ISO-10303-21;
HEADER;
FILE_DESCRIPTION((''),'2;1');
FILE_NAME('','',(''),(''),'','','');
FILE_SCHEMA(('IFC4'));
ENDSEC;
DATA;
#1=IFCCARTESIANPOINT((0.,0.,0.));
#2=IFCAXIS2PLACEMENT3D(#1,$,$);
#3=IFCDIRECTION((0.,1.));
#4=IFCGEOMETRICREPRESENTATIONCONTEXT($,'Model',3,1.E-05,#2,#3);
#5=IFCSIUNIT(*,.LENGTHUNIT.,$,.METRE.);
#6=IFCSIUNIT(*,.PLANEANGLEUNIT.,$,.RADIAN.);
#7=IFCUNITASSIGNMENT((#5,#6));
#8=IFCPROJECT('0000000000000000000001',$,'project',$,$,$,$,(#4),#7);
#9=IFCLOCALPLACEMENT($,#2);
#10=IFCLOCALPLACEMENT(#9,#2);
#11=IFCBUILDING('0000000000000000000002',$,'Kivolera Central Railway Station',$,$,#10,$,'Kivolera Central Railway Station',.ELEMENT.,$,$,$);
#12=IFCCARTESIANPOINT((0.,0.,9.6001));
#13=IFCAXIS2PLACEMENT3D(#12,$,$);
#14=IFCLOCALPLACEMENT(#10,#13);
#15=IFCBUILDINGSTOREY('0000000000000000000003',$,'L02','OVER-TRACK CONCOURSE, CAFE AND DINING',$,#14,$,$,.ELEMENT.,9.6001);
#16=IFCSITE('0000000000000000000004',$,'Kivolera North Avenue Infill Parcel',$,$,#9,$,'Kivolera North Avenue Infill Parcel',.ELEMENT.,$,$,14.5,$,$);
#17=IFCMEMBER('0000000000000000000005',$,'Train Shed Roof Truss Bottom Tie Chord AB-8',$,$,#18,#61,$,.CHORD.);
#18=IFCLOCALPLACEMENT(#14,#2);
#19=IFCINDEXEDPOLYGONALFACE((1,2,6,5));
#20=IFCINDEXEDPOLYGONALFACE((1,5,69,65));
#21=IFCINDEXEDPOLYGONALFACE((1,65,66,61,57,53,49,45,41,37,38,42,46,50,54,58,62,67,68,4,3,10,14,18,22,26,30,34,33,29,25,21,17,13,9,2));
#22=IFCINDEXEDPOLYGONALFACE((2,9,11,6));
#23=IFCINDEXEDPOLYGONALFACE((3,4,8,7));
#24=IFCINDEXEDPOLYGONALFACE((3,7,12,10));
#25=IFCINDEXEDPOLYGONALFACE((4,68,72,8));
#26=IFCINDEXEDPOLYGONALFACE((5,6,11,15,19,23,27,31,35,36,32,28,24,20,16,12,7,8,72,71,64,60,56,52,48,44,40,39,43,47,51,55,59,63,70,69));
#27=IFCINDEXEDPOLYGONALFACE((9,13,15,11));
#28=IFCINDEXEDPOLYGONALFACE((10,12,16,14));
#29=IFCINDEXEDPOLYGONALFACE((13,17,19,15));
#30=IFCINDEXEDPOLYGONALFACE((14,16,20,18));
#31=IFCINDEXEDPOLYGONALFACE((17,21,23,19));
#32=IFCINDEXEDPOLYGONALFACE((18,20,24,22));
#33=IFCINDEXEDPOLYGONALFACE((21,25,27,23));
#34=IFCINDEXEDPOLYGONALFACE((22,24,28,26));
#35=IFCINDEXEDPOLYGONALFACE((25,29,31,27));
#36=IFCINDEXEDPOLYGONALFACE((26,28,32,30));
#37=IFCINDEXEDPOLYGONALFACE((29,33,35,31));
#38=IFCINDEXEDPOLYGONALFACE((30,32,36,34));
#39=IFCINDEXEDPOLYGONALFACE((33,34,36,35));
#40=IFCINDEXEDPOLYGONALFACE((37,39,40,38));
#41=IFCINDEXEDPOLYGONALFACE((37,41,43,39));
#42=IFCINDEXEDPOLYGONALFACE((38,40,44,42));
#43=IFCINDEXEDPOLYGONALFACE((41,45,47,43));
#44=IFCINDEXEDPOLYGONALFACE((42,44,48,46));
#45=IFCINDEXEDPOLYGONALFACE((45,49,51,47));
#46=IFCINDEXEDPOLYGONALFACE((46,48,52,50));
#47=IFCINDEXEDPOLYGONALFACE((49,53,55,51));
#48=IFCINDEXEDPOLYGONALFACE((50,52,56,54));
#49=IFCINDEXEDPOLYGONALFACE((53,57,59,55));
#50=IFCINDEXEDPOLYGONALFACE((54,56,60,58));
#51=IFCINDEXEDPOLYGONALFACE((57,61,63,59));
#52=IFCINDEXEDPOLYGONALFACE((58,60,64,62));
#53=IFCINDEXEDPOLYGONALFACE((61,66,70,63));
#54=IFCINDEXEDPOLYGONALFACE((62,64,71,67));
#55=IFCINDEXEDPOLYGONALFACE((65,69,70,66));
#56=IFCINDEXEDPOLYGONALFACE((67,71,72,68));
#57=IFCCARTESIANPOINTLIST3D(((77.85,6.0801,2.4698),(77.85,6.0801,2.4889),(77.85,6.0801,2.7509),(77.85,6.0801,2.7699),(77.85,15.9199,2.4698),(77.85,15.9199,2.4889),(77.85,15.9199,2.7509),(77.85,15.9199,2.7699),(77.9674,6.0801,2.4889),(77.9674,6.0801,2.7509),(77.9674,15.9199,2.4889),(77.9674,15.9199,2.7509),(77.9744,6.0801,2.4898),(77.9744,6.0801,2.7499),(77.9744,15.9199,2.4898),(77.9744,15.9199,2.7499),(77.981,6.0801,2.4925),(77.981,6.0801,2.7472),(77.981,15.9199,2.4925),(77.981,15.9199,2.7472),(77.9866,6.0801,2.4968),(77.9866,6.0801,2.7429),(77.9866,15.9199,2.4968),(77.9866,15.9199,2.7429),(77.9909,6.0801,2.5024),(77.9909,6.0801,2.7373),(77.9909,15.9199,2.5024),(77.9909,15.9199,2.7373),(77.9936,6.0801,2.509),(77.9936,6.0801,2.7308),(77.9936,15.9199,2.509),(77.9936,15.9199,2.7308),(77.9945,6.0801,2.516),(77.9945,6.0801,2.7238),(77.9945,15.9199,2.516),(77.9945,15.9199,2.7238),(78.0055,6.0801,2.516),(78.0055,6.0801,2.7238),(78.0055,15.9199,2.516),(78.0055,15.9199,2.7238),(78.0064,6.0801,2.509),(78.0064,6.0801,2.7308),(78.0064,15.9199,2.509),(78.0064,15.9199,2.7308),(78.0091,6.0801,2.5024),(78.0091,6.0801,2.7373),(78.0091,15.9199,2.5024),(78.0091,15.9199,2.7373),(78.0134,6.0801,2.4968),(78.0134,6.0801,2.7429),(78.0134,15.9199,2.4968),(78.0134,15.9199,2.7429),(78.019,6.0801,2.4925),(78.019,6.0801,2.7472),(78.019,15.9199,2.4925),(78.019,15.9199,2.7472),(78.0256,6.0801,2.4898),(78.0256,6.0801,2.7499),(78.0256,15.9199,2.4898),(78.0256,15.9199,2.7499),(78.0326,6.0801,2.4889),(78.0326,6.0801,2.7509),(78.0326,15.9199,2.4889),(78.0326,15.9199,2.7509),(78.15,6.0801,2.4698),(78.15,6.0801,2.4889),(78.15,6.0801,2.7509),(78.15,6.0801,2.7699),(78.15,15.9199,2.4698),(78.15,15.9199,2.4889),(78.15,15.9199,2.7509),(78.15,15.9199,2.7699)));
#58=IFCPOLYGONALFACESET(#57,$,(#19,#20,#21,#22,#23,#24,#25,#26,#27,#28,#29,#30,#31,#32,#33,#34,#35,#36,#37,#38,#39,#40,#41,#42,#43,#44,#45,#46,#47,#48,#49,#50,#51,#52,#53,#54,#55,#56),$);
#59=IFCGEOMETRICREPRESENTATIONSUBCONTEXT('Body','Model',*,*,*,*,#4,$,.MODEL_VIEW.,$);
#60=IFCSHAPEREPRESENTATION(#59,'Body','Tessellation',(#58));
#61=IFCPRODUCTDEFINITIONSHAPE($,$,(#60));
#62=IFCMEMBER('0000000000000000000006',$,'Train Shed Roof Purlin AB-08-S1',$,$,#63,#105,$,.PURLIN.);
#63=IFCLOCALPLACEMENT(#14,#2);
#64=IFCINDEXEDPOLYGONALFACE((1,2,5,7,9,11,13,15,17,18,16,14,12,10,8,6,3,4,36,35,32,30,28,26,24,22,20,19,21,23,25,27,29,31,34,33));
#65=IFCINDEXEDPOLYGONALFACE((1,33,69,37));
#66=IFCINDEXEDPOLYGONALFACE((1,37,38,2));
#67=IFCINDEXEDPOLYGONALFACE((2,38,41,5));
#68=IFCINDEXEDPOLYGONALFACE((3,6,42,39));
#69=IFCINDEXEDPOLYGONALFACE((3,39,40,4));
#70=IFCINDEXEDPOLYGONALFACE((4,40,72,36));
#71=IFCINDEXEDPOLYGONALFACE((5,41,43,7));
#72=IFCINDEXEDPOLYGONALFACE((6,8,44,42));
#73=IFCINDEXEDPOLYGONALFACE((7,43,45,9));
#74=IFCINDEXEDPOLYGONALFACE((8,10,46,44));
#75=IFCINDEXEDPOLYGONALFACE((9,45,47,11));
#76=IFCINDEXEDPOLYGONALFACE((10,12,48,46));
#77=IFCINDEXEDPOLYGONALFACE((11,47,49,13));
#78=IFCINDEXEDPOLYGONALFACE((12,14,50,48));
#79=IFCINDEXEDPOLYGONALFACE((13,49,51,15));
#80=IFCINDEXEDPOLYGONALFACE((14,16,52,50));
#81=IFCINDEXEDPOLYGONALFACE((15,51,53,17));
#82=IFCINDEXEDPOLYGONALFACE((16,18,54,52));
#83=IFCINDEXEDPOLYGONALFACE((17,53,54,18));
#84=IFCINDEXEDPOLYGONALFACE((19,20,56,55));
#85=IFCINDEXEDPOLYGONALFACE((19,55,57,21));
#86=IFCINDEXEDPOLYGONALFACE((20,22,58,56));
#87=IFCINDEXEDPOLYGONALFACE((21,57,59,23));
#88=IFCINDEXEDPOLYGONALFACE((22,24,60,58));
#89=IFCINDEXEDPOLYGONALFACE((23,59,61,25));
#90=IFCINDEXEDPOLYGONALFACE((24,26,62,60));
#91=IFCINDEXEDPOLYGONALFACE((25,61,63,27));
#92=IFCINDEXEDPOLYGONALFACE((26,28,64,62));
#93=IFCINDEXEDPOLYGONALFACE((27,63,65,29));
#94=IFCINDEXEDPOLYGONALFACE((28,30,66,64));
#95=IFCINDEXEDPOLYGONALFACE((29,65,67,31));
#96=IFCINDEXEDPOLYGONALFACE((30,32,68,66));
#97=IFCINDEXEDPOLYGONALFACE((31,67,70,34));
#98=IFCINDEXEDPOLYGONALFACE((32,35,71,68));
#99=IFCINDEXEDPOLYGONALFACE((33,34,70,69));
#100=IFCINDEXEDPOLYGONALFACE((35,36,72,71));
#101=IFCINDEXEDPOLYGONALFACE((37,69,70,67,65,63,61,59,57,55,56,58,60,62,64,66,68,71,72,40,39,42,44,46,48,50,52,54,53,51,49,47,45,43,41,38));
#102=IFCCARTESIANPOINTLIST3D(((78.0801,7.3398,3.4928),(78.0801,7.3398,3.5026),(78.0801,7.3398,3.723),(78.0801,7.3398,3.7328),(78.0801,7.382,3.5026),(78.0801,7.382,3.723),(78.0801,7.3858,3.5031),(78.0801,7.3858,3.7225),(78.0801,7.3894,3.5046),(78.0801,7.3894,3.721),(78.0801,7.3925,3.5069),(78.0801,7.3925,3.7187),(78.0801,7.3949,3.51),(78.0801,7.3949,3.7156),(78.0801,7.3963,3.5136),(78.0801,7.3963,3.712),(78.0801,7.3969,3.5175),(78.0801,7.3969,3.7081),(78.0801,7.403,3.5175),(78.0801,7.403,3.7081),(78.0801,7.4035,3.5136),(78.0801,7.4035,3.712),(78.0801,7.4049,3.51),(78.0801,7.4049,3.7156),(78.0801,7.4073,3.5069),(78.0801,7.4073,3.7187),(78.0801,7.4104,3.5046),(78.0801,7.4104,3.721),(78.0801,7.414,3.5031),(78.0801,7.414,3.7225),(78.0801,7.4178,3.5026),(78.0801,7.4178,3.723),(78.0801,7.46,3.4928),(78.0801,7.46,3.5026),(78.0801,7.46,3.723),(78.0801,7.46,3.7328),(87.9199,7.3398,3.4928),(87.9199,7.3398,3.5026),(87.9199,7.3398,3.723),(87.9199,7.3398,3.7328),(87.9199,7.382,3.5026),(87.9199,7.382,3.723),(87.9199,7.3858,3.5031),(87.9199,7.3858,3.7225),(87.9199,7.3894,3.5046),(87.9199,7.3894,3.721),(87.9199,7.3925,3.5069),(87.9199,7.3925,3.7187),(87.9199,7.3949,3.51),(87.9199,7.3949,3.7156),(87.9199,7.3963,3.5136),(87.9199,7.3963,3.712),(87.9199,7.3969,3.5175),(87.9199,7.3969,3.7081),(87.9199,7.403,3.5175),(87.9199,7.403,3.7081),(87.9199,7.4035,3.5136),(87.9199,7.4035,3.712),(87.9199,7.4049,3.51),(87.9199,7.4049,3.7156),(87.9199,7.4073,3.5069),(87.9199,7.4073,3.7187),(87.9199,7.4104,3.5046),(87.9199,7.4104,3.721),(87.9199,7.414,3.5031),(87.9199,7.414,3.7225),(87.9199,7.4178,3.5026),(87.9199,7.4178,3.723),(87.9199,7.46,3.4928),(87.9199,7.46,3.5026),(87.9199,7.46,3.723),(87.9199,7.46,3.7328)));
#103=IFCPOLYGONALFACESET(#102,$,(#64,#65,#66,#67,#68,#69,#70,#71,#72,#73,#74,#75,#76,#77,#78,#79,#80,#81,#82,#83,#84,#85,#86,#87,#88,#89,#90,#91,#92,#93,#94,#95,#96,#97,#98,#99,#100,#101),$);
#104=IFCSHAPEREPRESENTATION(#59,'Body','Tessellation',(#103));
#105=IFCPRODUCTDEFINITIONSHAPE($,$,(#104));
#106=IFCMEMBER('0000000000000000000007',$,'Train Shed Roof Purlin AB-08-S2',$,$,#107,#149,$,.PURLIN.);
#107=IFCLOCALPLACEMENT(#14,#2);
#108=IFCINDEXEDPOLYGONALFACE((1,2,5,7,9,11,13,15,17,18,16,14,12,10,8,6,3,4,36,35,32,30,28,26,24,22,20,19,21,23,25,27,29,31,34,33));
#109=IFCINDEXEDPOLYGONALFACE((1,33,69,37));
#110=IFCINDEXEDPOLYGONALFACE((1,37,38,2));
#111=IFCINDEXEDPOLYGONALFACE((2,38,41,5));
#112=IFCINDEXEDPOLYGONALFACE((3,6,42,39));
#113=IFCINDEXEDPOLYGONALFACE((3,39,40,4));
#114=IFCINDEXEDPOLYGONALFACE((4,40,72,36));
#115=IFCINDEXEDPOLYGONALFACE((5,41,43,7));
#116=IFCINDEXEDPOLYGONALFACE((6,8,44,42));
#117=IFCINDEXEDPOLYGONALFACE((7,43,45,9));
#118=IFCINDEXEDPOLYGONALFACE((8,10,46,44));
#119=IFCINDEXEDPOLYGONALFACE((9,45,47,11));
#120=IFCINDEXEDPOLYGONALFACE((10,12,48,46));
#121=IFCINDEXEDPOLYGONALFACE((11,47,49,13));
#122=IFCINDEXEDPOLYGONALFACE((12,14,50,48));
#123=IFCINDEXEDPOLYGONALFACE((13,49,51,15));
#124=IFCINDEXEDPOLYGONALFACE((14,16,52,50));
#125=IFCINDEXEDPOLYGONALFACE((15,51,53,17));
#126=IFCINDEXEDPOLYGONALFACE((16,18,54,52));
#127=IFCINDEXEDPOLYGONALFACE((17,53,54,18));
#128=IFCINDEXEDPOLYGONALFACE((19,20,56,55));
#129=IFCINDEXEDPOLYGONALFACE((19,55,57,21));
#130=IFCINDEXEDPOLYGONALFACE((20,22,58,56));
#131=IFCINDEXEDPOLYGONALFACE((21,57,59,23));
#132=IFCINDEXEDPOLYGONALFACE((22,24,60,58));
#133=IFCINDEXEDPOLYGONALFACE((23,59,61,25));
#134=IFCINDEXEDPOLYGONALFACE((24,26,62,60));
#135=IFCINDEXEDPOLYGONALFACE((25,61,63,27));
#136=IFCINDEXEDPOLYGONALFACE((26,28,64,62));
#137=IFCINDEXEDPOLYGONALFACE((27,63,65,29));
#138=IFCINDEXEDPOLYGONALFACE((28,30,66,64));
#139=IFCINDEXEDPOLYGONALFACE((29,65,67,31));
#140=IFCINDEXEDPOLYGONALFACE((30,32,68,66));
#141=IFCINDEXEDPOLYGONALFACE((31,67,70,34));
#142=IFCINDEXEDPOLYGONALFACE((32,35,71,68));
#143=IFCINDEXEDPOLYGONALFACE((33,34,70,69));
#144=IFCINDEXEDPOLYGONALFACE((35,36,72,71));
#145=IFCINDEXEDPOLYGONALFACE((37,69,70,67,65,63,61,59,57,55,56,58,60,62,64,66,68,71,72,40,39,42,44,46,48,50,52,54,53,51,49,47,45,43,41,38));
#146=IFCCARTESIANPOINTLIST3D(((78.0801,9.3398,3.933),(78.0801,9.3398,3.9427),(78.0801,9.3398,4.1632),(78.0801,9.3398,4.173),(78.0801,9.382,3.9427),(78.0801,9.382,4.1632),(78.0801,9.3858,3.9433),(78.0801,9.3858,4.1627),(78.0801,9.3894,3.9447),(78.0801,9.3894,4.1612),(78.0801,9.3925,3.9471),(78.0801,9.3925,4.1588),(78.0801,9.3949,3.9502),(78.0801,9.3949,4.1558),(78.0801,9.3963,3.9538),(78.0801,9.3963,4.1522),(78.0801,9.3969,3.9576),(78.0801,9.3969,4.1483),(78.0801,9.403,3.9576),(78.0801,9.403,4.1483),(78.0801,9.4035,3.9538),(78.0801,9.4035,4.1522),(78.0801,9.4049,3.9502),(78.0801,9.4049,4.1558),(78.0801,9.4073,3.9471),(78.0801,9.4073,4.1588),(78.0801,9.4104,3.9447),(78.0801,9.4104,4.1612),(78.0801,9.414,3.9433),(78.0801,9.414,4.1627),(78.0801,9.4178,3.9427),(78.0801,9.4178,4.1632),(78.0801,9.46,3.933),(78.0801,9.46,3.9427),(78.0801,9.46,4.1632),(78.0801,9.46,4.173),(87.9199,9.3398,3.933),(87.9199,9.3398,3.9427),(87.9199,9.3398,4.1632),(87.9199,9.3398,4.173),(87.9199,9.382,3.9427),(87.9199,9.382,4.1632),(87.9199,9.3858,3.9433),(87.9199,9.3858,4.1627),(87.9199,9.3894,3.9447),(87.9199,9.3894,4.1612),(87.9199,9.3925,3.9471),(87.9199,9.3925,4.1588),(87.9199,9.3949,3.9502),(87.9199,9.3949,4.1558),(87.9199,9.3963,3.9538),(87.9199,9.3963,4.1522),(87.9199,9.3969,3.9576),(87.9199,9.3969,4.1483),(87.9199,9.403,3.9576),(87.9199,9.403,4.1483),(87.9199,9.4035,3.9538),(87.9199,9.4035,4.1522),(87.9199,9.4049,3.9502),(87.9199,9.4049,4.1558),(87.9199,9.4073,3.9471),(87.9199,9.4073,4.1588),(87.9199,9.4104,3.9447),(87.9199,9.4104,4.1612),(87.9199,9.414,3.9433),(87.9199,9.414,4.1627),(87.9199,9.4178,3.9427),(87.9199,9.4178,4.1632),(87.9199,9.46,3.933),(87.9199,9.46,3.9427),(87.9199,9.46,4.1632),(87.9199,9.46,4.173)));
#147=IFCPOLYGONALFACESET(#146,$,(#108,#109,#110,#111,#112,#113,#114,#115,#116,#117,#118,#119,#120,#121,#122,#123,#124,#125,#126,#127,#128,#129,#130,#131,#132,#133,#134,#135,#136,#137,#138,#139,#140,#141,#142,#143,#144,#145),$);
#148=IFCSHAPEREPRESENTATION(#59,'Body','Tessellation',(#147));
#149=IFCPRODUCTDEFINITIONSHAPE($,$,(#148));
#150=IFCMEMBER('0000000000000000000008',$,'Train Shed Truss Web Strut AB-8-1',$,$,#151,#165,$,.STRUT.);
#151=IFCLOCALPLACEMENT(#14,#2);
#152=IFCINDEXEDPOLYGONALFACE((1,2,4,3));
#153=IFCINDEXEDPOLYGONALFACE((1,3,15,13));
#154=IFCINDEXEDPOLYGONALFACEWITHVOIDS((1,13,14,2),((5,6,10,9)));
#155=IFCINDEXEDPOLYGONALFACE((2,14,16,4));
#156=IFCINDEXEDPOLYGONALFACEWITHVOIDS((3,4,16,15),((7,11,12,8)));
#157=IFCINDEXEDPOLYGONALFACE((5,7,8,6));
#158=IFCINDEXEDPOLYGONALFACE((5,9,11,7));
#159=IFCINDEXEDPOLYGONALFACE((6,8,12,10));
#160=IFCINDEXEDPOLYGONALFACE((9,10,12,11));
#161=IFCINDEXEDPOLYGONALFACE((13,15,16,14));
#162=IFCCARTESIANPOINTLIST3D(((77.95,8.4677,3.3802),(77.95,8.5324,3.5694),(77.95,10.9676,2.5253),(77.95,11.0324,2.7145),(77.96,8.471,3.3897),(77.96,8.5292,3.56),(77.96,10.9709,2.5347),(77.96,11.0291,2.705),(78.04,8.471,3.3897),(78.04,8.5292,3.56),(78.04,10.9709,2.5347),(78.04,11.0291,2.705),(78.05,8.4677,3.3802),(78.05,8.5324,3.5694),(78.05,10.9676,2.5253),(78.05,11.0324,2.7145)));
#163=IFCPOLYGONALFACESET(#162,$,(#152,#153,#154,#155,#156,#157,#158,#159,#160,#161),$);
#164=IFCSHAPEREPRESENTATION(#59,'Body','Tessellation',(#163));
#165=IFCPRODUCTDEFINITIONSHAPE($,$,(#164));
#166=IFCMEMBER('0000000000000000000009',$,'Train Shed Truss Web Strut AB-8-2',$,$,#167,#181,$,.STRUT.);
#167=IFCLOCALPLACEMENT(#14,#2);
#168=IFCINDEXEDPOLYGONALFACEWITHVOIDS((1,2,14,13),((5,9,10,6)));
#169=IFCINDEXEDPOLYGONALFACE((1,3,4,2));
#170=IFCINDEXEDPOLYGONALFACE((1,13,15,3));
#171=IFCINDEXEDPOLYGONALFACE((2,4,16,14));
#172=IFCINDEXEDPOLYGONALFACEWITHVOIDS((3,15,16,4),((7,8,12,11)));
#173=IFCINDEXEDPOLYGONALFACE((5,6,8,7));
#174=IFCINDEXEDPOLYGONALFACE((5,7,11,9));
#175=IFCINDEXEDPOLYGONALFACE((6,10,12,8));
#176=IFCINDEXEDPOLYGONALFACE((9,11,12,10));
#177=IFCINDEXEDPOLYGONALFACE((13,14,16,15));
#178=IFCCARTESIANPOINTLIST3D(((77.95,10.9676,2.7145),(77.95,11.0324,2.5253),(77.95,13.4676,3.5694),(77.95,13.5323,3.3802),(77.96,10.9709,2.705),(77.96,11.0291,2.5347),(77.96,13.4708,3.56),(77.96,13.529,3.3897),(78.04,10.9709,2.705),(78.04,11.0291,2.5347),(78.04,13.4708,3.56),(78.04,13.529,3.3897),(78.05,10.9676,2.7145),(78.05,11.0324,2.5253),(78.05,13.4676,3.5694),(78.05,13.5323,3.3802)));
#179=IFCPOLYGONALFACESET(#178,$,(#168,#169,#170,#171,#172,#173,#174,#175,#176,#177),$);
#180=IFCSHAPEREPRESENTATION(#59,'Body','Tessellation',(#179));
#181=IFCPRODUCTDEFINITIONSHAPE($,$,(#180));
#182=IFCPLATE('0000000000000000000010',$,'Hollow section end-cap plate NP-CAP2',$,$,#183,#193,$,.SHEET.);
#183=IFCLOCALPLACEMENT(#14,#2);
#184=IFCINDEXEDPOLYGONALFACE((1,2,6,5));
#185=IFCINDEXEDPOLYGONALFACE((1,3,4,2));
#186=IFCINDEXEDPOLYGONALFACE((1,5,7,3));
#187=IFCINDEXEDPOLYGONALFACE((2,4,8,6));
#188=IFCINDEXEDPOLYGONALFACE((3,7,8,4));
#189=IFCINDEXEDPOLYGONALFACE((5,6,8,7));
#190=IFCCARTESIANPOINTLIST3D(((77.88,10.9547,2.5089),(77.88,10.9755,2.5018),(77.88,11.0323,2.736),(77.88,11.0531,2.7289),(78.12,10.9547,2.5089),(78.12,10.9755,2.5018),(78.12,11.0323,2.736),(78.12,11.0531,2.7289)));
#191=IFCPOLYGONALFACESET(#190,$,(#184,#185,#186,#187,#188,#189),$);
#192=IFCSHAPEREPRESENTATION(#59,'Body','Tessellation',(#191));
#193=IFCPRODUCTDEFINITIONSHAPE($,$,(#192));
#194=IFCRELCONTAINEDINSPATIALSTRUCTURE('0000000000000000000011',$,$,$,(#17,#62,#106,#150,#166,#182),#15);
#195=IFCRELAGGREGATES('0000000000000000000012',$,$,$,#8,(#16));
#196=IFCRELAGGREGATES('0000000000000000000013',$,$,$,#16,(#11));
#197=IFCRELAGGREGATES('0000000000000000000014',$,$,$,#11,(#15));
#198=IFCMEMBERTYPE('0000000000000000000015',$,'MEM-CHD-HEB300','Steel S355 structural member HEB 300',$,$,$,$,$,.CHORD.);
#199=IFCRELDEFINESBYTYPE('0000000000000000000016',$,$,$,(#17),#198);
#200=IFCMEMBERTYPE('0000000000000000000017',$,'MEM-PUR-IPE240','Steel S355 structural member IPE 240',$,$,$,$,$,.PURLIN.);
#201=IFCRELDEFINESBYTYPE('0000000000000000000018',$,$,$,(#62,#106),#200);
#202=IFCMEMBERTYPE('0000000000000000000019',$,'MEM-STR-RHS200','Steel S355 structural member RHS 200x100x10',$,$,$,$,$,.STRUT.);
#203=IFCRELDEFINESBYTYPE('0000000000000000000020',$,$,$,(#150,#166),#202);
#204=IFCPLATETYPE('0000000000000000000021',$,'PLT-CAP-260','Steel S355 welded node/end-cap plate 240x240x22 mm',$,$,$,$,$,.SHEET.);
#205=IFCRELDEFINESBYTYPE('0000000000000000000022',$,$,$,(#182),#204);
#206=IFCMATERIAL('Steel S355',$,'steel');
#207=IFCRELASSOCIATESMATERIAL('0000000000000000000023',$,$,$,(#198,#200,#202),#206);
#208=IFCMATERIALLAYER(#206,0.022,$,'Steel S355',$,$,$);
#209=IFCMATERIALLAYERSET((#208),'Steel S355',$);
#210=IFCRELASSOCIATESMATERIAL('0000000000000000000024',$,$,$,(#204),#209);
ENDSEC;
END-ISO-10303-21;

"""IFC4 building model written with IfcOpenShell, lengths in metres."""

from ifc_helpers import new_model, si_unit, direction, frame, origin, origin_2d, place, context, subcontext, project, spatial, rectangle, hollow_rectangle, i_section, extrude, material, layer, layer_set, material_profile, profile_set, type_object, element, save


model = new_model("IFC4")

# Units and contexts
model_context = context("Model", 3, precision=1e-05, world=origin(), true_north=direction((0.0, 1.0)))
body_context = subcontext(model_context, "Body", "Model", "MODEL_VIEW")
ifc_project = project(units=[si_unit("LENGTHUNIT", "METRE"), si_unit("PLANEANGLEUNIT", "RADIAN")], contexts=[model_context])

# Site, building, storey
site_placement = place(None, origin())
site = spatial("IfcSite", under=ifc_project, at=site_placement, Name="Kivolera North Avenue Infill Parcel", LongName="Kivolera North Avenue Infill Parcel", CompositionType="ELEMENT", RefElevation=14.5)
building_placement = place(site_placement, origin())
building = spatial("IfcBuilding", under=site, at=building_placement, Name="Kivolera Central Railway Station", LongName="Kivolera Central Railway Station", CompositionType="ELEMENT")
storey_placement = place(building_placement, frame((0.0, 0.0, 9.6001)))
storey = spatial("IfcBuildingStorey", under=building, at=storey_placement, Name="L02", Description="OVER-TRACK CONCOURSE, CAFE AND DINING", CompositionType="ELEMENT", Elevation=9.6001)

# Shared definitions
ifc_material_1 = material(Name="Steel S355", Category="steel")

# Members
ifc_material_profile_1 = material_profile(ifc_material_1, i_section(OverallWidth=0.3, OverallDepth=0.3, WebThickness=0.011, FlangeThickness=0.019, FilletRadius=0.0271, at=origin_2d()), Name="HEB 300")
ifc_profile_set_1 = profile_set([ifc_material_profile_1], Name="Steel S355")
member_type_1 = type_object("IfcMemberType", Name="MEM-CHD-HEB300", Description="Steel S355 structural member HEB 300", PredefinedType="CHORD", material=ifc_profile_set_1)
member_placement = place(storey_placement, frame((78.0, 6.0801, 2.6199), z_axis=(0.0, 1.0, 0.0), x_axis=(-1.0, 0.0, 0.0)))
element("IfcMember", 1, at=member_placement, inside=storey, type_object=member_type_1, Name="Train Shed Roof Truss Bottom Tie Chord AB-8", PredefinedType="CHORD", context=body_context, shape_type="SweptSolid", body=[
    extrude(i_section(OverallWidth=0.3, OverallDepth=0.3, WebThickness=0.011, FlangeThickness=0.019, FilletRadius=0.0271, at=origin_2d()), origin(), (0.0, 0.0, 1.0), 9.8398),
])
ifc_material_profile_2 = material_profile(ifc_material_1, i_section(OverallWidth=0.1201, OverallDepth=0.24, WebThickness=0.0061, FlangeThickness=0.0098, FilletRadius=0.0149, at=origin_2d()), Name="IPE 240")
ifc_profile_set_2 = profile_set([ifc_material_profile_2], Name="Steel S355")
member_type_2 = type_object("IfcMemberType", Name="MEM-PUR-IPE240", Description="Steel S355 structural member IPE 240", PredefinedType="PURLIN", material=ifc_profile_set_2)
for number, where, z_axis, x_axis, name in (
    (2, (78.0801, 7.3999, 3.6128), (1.0, 0.0, 0.0), (0.0, 1.0, 0.0), "Train Shed Roof Purlin AB-08-S1"),
    (3, (78.0801, 9.3999, 4.053), (1.0, 0.0, 0.0), (0.0, 1.0, 0.0), "Train Shed Roof Purlin AB-08-S2"),
):
    element("IfcMember", number, at=place(storey_placement, frame(where, z_axis=z_axis, x_axis=x_axis)), inside=storey, type_object=member_type_2, Name=name, PredefinedType="PURLIN", context=body_context, shape_type="SweptSolid", body=[
        extrude(i_section(OverallWidth=0.1201, OverallDepth=0.24, WebThickness=0.0061, FlangeThickness=0.0098, FilletRadius=0.0149, at=origin_2d()), origin(), (0.0, 0.0, 1.0), 9.8398),
    ])
ifc_material_profile_3 = material_profile(ifc_material_1, hollow_rectangle(XDim=0.1001, YDim=0.2, WallThickness=0.01, at=origin_2d()), Name="RHS 200x100x10")
ifc_profile_set_3 = profile_set([ifc_material_profile_3], Name="Steel S355")
member_type_3 = type_object("IfcMemberType", Name="MEM-STR-RHS200", Description="Steel S355 structural member RHS 200x100x10", PredefinedType="STRUT", material=ifc_profile_set_3)
for number, where, z_axis, x_axis, name in (
    (4, (78.0, 11.0, 2.6199), (0.0, -0.946197, 0.323592), (1.0, 0.0, 0.0), "Train Shed Truss Web Strut AB-8-1"),
    (5, (78.0, 11.0, 2.6199), (0.0, 0.946197, 0.323592), (-1.0, 0.0, 0.0), "Train Shed Truss Web Strut AB-8-2"),
):
    element("IfcMember", number, at=place(storey_placement, frame(where, z_axis=z_axis, x_axis=x_axis)), inside=storey, type_object=member_type_3, Name=name, PredefinedType="STRUT", context=body_context, shape_type="SweptSolid", body=[
        extrude(hollow_rectangle(XDim=0.1001, YDim=0.2, WallThickness=0.01, at=origin_2d()), origin(), (0.0, 0.0, 1.0), 2.6421),
    ])

# Plate
ifc_layer_1 = layer(ifc_material_1, 0.022, Name="Steel S355")
ifc_layer_set_1 = layer_set([ifc_layer_1], Name="Steel S355")
plate_type = type_object("IfcPlateType", Name="PLT-CAP-260", Description="Steel S355 welded node/end-cap plate 240x240x22 mm", PredefinedType="SHEET", material=ifc_layer_set_1)
for number, where, z_axis, x_axis, name in (
    (6, (78.0, 11.0039, 2.6189), (0.0, -0.946194, 0.323599), (1.0, 0.0, 0.0), "Hollow section end-cap plate NP-CAP2"),
):
    element("IfcPlate", number, at=place(storey_placement, frame(where, z_axis=z_axis, x_axis=x_axis)), inside=storey, type_object=plate_type, Name=name, PredefinedType="SHEET", context=body_context, shape_type="SweptSolid", body=[
        extrude(rectangle(XDim=0.24, YDim=0.24, at=origin_2d()), frame((0.0, 0.0, -0.011)), (0.0, 0.0, 1.0), 0.022),
    ])

save(model, "model.ifc")
